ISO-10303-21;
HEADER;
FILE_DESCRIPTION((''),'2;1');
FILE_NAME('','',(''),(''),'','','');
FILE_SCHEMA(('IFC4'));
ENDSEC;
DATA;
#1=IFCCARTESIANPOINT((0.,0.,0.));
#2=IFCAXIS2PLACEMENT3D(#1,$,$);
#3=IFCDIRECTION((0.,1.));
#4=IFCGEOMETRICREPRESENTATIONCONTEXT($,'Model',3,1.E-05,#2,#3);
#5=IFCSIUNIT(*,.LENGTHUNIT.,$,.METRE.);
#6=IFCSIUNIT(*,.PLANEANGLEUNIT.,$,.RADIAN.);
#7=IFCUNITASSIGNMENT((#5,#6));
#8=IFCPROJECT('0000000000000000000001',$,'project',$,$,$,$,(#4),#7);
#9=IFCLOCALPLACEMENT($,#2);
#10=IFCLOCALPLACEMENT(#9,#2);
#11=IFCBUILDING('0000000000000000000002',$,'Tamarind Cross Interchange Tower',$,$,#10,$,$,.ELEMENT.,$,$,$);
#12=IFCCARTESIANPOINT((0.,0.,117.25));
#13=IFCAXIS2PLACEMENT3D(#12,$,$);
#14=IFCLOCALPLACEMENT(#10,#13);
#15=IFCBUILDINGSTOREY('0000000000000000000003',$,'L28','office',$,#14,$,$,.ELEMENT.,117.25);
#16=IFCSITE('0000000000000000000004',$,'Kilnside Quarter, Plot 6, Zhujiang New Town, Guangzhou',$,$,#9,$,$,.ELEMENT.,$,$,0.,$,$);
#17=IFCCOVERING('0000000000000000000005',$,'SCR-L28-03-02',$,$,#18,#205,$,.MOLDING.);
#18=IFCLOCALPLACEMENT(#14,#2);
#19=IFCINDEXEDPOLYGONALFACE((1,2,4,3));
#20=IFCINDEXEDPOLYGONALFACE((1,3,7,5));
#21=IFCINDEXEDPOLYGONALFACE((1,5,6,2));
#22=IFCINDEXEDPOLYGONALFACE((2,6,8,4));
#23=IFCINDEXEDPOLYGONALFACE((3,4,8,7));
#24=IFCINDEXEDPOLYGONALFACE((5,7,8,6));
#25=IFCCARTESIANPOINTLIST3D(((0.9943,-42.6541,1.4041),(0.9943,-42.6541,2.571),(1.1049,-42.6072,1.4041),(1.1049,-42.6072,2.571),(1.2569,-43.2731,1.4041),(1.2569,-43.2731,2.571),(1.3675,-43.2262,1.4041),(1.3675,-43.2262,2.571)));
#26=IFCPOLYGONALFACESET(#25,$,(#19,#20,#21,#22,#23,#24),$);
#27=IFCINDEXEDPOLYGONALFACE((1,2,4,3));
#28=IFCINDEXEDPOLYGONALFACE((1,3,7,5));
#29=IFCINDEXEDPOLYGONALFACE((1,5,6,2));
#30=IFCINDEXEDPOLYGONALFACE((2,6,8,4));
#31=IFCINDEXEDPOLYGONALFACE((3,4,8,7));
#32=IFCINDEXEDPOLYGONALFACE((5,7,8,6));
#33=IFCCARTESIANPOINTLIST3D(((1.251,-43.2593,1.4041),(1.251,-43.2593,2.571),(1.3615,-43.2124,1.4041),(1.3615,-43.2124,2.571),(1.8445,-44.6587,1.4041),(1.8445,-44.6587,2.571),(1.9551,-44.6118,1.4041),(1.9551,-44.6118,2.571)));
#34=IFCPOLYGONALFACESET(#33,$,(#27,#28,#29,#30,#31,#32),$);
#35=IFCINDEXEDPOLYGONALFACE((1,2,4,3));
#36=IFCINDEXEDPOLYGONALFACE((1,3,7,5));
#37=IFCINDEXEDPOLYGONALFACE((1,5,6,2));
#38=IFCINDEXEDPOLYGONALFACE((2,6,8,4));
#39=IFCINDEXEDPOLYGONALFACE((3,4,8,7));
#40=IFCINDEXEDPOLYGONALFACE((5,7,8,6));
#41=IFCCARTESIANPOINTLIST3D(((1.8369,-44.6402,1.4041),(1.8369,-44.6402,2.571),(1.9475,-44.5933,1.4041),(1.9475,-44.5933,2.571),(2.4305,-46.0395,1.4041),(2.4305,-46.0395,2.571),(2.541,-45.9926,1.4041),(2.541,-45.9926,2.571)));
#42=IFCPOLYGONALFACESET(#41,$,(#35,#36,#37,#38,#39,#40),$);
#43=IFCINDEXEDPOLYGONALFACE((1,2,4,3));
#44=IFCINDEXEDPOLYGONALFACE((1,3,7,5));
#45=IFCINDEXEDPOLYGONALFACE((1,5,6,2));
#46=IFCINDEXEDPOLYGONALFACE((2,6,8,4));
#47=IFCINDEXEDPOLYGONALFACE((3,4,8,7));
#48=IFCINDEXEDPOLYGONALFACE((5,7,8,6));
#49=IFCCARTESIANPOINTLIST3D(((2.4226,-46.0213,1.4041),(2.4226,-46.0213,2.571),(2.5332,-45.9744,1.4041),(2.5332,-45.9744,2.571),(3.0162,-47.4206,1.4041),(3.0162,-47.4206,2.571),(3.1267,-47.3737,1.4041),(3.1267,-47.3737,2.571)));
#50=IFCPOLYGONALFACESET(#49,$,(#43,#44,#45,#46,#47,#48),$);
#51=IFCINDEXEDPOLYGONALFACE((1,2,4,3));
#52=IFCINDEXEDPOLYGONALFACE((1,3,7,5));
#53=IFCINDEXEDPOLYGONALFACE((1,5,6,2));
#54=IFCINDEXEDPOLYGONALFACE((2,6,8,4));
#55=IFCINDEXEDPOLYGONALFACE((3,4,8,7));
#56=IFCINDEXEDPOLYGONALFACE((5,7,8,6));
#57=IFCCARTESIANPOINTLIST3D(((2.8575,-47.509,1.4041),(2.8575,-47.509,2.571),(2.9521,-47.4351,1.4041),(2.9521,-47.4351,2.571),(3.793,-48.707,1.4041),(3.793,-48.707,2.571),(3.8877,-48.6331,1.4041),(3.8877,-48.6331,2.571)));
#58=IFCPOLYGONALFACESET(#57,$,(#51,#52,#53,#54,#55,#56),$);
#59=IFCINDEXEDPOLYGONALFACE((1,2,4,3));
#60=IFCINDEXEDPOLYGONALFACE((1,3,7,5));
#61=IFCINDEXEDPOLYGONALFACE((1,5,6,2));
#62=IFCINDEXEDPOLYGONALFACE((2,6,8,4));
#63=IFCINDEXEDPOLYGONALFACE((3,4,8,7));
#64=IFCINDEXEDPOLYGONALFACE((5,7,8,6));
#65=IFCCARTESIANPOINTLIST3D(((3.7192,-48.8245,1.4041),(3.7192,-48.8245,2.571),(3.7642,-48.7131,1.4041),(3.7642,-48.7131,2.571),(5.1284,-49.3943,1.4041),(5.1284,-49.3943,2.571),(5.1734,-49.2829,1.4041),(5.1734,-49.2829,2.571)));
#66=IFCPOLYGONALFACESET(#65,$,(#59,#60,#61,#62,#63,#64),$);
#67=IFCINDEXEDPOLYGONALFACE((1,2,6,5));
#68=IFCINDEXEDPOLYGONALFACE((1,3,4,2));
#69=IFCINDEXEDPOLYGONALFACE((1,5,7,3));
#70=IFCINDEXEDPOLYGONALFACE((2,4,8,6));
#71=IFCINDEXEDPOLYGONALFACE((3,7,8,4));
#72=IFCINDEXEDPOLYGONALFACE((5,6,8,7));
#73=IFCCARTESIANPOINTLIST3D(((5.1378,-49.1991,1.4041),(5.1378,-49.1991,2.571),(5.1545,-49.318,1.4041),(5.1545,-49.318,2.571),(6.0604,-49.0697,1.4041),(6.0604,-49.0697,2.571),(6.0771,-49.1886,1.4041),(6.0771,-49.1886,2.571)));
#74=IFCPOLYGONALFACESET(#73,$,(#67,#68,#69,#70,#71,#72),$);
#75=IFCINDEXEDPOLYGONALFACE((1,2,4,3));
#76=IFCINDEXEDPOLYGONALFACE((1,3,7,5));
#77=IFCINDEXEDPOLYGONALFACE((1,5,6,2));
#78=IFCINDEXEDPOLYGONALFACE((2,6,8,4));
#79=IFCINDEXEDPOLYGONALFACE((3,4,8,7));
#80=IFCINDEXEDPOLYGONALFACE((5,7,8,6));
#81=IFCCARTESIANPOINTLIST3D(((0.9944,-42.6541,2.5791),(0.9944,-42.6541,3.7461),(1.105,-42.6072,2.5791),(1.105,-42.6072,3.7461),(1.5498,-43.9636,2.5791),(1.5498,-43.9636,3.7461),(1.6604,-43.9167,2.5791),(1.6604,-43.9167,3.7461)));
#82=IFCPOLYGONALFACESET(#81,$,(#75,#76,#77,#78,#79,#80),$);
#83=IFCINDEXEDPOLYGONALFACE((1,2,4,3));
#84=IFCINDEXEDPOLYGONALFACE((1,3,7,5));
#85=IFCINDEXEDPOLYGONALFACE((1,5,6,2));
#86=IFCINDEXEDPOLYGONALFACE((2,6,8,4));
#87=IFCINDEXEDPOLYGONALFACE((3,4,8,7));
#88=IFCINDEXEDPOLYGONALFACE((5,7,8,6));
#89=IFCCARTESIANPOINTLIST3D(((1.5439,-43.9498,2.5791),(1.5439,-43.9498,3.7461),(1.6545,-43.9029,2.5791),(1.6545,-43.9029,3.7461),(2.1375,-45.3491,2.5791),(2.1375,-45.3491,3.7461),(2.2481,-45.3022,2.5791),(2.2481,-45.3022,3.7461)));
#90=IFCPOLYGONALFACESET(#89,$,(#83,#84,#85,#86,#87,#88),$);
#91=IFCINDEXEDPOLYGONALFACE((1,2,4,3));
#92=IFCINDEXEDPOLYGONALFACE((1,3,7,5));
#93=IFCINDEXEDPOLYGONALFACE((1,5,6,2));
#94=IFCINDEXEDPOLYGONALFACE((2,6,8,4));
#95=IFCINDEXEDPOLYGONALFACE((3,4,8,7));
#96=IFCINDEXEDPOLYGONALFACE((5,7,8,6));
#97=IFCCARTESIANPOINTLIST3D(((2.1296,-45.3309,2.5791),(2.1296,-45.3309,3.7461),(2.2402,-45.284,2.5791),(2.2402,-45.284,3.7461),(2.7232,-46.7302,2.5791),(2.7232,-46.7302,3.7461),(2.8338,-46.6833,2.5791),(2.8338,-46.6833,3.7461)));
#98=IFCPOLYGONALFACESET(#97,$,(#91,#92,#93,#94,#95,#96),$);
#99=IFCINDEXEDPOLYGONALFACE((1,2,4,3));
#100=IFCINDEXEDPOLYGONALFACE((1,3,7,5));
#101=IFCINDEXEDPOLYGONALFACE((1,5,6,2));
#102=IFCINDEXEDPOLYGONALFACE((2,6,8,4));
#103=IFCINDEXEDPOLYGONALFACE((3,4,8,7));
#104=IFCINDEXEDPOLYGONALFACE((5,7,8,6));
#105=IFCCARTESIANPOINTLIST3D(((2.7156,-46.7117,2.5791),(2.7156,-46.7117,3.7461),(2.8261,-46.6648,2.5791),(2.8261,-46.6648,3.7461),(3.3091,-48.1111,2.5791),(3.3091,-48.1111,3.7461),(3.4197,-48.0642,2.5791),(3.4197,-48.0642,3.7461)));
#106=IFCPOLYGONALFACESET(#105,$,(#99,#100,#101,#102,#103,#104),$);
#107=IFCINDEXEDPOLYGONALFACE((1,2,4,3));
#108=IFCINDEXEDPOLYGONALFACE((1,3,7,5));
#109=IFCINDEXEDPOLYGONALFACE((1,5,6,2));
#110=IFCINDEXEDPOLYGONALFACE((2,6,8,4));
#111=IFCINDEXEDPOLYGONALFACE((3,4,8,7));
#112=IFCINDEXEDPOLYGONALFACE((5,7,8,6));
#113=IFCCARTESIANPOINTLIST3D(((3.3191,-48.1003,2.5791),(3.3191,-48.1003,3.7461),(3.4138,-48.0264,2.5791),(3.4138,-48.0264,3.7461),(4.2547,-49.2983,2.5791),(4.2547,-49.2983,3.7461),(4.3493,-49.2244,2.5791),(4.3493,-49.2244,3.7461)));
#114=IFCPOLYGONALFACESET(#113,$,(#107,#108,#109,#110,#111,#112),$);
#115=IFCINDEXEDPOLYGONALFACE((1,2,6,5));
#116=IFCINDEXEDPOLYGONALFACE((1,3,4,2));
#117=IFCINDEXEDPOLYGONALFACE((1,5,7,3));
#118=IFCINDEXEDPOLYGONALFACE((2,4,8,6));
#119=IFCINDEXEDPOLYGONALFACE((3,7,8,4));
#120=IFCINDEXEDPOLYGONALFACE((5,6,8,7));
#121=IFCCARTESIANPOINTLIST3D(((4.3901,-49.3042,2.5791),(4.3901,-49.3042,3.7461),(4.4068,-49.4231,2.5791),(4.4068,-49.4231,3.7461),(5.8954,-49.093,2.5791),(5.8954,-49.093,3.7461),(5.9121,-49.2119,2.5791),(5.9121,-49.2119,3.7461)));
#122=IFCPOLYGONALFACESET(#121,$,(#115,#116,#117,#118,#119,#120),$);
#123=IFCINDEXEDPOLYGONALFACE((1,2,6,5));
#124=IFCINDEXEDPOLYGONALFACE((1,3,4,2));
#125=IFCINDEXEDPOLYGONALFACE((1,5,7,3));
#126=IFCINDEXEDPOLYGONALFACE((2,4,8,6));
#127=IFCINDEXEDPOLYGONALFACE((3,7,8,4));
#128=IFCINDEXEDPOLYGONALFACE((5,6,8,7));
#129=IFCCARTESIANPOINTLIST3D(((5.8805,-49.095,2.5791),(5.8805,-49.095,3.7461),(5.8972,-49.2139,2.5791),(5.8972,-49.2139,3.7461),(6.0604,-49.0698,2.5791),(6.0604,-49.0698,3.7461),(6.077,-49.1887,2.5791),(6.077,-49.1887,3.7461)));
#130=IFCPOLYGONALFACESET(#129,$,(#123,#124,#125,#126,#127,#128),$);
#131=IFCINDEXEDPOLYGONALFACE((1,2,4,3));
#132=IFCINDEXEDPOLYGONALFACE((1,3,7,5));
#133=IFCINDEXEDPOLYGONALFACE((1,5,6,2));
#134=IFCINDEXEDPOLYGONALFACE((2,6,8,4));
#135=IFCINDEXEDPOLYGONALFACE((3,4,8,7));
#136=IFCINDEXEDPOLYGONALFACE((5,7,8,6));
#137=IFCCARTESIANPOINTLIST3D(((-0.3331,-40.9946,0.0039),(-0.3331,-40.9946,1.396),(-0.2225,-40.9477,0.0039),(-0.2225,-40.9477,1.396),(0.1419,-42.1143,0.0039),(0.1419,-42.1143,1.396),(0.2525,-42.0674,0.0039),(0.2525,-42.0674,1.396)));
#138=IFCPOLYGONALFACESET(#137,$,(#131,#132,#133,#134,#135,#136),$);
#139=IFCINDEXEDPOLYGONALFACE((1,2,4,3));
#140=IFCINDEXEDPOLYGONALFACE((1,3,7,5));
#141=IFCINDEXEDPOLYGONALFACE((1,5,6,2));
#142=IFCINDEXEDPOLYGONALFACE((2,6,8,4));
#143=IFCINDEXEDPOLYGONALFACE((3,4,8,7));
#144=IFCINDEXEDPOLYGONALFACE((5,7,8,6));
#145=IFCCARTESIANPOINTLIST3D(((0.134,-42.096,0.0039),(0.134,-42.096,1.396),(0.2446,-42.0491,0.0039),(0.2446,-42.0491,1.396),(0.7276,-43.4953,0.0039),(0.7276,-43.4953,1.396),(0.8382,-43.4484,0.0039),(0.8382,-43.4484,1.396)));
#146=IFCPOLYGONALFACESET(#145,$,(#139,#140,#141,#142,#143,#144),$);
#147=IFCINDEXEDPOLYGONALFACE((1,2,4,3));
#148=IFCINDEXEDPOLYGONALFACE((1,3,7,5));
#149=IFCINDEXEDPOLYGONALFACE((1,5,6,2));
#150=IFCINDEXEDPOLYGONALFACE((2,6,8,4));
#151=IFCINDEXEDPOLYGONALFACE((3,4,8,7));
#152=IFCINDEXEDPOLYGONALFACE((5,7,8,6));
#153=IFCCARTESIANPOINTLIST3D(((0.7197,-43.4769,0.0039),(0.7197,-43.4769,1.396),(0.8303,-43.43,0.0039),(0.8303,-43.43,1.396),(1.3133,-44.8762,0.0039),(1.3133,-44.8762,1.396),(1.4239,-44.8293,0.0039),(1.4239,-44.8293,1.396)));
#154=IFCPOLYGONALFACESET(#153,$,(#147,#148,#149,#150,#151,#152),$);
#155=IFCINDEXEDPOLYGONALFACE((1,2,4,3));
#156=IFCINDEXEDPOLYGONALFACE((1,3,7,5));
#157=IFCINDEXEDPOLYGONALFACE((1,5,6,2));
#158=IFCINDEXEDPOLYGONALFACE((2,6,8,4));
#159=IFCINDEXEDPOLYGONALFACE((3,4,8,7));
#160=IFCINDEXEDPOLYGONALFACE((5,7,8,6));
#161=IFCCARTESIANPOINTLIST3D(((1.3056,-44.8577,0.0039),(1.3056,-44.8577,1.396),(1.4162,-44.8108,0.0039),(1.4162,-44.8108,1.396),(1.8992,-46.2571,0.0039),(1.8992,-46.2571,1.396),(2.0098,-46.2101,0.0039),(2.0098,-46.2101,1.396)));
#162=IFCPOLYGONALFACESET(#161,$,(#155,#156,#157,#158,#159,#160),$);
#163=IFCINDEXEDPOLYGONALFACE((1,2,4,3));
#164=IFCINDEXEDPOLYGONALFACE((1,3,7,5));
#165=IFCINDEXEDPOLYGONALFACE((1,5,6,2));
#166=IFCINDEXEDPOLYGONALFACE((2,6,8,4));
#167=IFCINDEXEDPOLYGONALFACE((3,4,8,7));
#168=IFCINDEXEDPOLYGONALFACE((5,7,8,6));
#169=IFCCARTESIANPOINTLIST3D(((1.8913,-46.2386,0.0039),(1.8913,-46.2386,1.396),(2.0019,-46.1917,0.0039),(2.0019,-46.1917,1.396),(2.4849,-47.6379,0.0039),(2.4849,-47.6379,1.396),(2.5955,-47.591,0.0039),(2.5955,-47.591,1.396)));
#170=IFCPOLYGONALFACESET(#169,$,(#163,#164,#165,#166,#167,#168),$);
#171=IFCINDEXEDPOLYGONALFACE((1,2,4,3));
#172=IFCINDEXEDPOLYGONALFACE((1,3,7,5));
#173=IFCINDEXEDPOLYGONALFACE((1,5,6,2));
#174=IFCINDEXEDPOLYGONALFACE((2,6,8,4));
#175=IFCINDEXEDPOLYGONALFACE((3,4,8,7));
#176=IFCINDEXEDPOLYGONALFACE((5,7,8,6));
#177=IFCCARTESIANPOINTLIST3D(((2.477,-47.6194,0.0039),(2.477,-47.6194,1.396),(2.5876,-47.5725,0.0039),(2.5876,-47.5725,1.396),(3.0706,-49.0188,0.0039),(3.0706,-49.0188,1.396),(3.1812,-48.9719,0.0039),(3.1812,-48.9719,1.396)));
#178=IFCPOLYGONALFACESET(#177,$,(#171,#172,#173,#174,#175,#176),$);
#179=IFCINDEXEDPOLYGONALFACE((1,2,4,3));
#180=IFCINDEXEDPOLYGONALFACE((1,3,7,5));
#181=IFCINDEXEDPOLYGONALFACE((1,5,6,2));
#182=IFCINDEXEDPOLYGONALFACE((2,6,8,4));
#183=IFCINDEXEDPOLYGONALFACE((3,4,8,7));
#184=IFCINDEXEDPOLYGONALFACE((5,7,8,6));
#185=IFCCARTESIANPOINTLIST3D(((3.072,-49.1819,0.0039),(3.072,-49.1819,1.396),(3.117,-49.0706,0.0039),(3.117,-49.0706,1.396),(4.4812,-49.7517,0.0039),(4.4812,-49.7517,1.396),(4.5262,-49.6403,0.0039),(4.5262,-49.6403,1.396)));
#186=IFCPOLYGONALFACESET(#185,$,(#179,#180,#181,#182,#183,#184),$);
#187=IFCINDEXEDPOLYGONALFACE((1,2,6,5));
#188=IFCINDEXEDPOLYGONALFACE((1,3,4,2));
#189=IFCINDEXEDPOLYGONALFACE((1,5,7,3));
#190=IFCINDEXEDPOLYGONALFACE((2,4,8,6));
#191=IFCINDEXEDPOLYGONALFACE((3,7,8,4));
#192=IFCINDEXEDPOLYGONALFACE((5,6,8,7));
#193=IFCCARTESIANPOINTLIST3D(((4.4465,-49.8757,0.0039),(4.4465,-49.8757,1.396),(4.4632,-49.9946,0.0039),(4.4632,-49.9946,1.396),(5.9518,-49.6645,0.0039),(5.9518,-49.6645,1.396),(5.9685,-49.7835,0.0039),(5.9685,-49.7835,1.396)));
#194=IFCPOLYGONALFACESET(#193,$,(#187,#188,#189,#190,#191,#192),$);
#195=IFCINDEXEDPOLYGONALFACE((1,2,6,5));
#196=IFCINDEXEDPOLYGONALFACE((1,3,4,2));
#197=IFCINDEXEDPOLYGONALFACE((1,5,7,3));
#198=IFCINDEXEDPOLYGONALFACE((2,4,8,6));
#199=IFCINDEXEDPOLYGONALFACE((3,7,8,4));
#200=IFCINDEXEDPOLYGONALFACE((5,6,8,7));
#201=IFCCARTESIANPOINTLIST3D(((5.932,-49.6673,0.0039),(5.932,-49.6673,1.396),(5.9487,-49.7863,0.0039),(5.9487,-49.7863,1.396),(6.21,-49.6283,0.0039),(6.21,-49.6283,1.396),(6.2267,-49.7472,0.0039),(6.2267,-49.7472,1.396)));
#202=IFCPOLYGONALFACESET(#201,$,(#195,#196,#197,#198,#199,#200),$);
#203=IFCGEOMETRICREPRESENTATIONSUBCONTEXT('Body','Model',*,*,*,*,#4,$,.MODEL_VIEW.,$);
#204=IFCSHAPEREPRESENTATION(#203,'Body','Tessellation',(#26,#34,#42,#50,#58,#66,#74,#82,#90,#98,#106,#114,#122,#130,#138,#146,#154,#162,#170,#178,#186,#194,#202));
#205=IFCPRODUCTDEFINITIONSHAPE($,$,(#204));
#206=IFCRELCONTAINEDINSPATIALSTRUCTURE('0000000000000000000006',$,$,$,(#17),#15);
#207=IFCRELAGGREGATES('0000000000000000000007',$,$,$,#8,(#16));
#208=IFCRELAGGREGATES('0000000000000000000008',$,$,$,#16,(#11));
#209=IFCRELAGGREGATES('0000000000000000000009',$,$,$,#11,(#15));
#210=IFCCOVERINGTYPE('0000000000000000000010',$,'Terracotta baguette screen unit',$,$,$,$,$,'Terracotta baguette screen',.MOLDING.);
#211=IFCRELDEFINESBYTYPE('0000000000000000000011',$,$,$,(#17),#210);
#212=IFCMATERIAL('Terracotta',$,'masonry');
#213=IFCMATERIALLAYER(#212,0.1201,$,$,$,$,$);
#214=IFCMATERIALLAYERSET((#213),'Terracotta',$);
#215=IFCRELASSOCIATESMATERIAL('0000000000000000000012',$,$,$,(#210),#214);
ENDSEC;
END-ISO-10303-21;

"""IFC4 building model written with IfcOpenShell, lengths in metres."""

from ifc_helpers import new_model, si_unit, direction, frame, origin, origin_2d, place, context, subcontext, project, spatial, rectangle, extrude, material, layer, layer_set, type_object, element, save


model = new_model("IFC4")

# Units and contexts
model_context = context("Model", 3, precision=1e-05, world=origin(), true_north=direction((0.0, 1.0)))
body_context = subcontext(model_context, "Body", "Model", "MODEL_VIEW")
ifc_project = project(units=[si_unit("LENGTHUNIT", "METRE"), si_unit("PLANEANGLEUNIT", "RADIAN")], contexts=[model_context])

# Site, building, storey
site_placement = place(None, origin())
site = spatial("IfcSite", under=ifc_project, at=site_placement, Name="Kilnside Quarter, Plot 6, Zhujiang New Town, Guangzhou", CompositionType="ELEMENT", RefElevation=0.0)
building_placement = place(site_placement, origin())
building = spatial("IfcBuilding", under=site, at=building_placement, Name="Tamarind Cross Interchange Tower", CompositionType="ELEMENT")
storey_placement = place(building_placement, frame((0.0, 0.0, 117.25)))
storey = spatial("IfcBuildingStorey", under=building, at=storey_placement, Name="L28", Description="office", CompositionType="ELEMENT", Elevation=117.25)

# Covering
ifc_material_1 = material(Name="Terracotta", Category="masonry")
ifc_layer_1 = layer(ifc_material_1, 0.1201)
ifc_layer_set_1 = layer_set([ifc_layer_1], Name="Terracotta")
covering_type = type_object("IfcCoveringType", Name="Terracotta baguette screen unit", ElementType="Terracotta baguette screen", PredefinedType="MOLDING", material=ifc_layer_set_1)
covering_1_placement = place(storey_placement, origin())
element("IfcCovering", 1, at=covering_1_placement, inside=storey, type_object=covering_type, Name="SCR-L28-03-02", PredefinedType="MOLDING", context=body_context, shape_type="SweptSolid", body=[
    extrude(rectangle(XDim=0.6724, YDim=0.1201, at=origin_2d()), frame((1.1809, -42.9402, 1.4041), z_axis=(0.0, 0.0, 1.0), x_axis=(0.3905, -0.920603, 0.0)), (0.0, 0.0, 1.0), 1.167),
    extrude(rectangle(XDim=1.52, YDim=0.1201, at=origin_2d()), frame((1.603, -43.9355, 1.4041), z_axis=(0.0, 0.0, 1.0), x_axis=(0.3905, -0.920603, 0.0)), (0.0, 0.0, 1.0), 1.167),
    extrude(rectangle(XDim=1.52, YDim=0.1201, at=origin_2d()), frame((2.189, -45.3164, 1.4041), z_axis=(0.0, 0.0, 1.0), x_axis=(0.3905, -0.920603, 0.0)), (0.0, 0.0, 1.0), 1.167),
    extrude(rectangle(XDim=1.52, YDim=0.1201, at=origin_2d()), frame((2.7747, -46.6975, 1.4041), z_axis=(0.0, 0.0, 1.0), x_axis=(0.3905, -0.920603, 0.0)), (0.0, 0.0, 1.0), 1.167),
    extrude(rectangle(XDim=1.52, YDim=0.1201, at=origin_2d()), frame((3.3726, -48.071, 1.4041), z_axis=(0.0, 0.0, 1.0), x_axis=(0.615463, -0.788165, 0.0)), (0.0, 0.0, 1.0), 1.167),
    extrude(rectangle(XDim=1.52, YDim=0.1201, at=origin_2d()), frame((4.4463, -49.0537, 1.4041), z_axis=(0.0, 0.0, 1.0), x_axis=(0.92709, -0.37484, 0.0)), (0.0, 0.0, 1.0), 1.167),
    extrude(rectangle(XDim=0.9316, YDim=0.1201, at=origin_2d()), frame((5.6074, -49.1938, 1.4041), z_axis=(0.0, 0.0, 1.0), x_axis=(0.990303, 0.138924, 0.0)), (0.0, 0.0, 1.0), 1.167),
    extrude(rectangle(XDim=1.4224, YDim=0.1201, at=origin_2d()), frame((1.3274, -43.2854, 2.5791), z_axis=(0.0, 0.0, 1.0), x_axis=(0.3905, -0.920603, 0.0)), (0.0, 0.0, 1.0), 1.167),
    extrude(rectangle(XDim=1.52, YDim=0.1201, at=origin_2d()), frame((1.896, -44.626, 2.5791), z_axis=(0.0, 0.0, 1.0), x_axis=(0.3905, -0.920603, 0.0)), (0.0, 0.0, 1.0), 1.167),
    extrude(rectangle(XDim=1.52, YDim=0.1201, at=origin_2d()), frame((2.4817, -46.0071, 2.5791), z_axis=(0.0, 0.0, 1.0), x_axis=(0.3905, -0.920603, 0.0)), (0.0, 0.0, 1.0), 1.167),
    extrude(rectangle(XDim=1.52, YDim=0.1201, at=origin_2d()), frame((3.0676, -47.3879, 2.5791), z_axis=(0.0, 0.0, 1.0), x_axis=(0.3905, -0.920603, 0.0)), (0.0, 0.0, 1.0), 1.167),
    extrude(rectangle(XDim=1.52, YDim=0.1201, at=origin_2d()), frame((3.8342, -48.6624, 2.5791), z_axis=(0.0, 0.0, 1.0), x_axis=(0.615463, -0.788165, 0.0)), (0.0, 0.0, 1.0), 1.167),
    extrude(rectangle(XDim=1.52, YDim=0.1201, at=origin_2d()), frame((5.1511, -49.2581, 2.5791), z_axis=(0.0, 0.0, 1.0), x_axis=(0.990303, 0.138924, 0.0)), (0.0, 0.0, 1.0), 1.167),
    extrude(rectangle(XDim=0.1816, YDim=0.1201, at=origin_2d()), frame((5.9788, -49.1418, 2.5791), z_axis=(0.0, 0.0, 1.0), x_axis=(0.990303, 0.138924, 0.0)), (0.0, 0.0, 1.0), 1.167),
    extrude(rectangle(XDim=1.2163, YDim=0.1201, at=origin_2d()), frame((-0.0403, -41.531, 0.0039), z_axis=(0.0, 0.0, 1.0), x_axis=(0.3905, -0.920603, 0.0)), (0.0, 0.0, 1.0), 1.3921),
    extrude(rectangle(XDim=1.52, YDim=0.1201, at=origin_2d()), frame((0.4861, -42.7722, 0.0039), z_axis=(0.0, 0.0, 1.0), x_axis=(0.3905, -0.920603, 0.0)), (0.0, 0.0, 1.0), 1.3921),
    extrude(rectangle(XDim=1.52, YDim=0.1201, at=origin_2d()), frame((1.0718, -44.1531, 0.0039), z_axis=(0.0, 0.0, 1.0), x_axis=(0.3905, -0.920603, 0.0)), (0.0, 0.0, 1.0), 1.3921),
    extrude(rectangle(XDim=1.52, YDim=0.1201, at=origin_2d()), frame((1.6577, -45.5339, 0.0039), z_axis=(0.0, 0.0, 1.0), x_axis=(0.3905, -0.920603, 0.0)), (0.0, 0.0, 1.0), 1.3921),
    extrude(rectangle(XDim=1.52, YDim=0.1201, at=origin_2d()), frame((2.2434, -46.9148, 0.0039), z_axis=(0.0, 0.0, 1.0), x_axis=(0.3905, -0.920603, 0.0)), (0.0, 0.0, 1.0), 1.3921),
    extrude(rectangle(XDim=1.52, YDim=0.1201, at=origin_2d()), frame((2.8291, -48.2957, 0.0039), z_axis=(0.0, 0.0, 1.0), x_axis=(0.3905, -0.920603, 0.0)), (0.0, 0.0, 1.0), 1.3921),
    extrude(rectangle(XDim=1.52, YDim=0.1201, at=origin_2d()), frame((3.7991, -49.4111, 0.0039), z_axis=(0.0, 0.0, 1.0), x_axis=(0.92709, -0.37484, 0.0)), (0.0, 0.0, 1.0), 1.3921),
    extrude(rectangle(XDim=1.52, YDim=0.1201, at=origin_2d()), frame((5.2075, -49.8296, 0.0039), z_axis=(0.0, 0.0, 1.0), x_axis=(0.990303, 0.138924, 0.0)), (0.0, 0.0, 1.0), 1.3921),
    extrude(rectangle(XDim=0.2808, YDim=0.1201, at=origin_2d()), frame((6.0793, -49.7073, 0.0039), z_axis=(0.0, 0.0, 1.0), x_axis=(0.990303, 0.138924, 0.0)), (0.0, 0.0, 1.0), 1.3921),
])

save(model, "model.ifc")
